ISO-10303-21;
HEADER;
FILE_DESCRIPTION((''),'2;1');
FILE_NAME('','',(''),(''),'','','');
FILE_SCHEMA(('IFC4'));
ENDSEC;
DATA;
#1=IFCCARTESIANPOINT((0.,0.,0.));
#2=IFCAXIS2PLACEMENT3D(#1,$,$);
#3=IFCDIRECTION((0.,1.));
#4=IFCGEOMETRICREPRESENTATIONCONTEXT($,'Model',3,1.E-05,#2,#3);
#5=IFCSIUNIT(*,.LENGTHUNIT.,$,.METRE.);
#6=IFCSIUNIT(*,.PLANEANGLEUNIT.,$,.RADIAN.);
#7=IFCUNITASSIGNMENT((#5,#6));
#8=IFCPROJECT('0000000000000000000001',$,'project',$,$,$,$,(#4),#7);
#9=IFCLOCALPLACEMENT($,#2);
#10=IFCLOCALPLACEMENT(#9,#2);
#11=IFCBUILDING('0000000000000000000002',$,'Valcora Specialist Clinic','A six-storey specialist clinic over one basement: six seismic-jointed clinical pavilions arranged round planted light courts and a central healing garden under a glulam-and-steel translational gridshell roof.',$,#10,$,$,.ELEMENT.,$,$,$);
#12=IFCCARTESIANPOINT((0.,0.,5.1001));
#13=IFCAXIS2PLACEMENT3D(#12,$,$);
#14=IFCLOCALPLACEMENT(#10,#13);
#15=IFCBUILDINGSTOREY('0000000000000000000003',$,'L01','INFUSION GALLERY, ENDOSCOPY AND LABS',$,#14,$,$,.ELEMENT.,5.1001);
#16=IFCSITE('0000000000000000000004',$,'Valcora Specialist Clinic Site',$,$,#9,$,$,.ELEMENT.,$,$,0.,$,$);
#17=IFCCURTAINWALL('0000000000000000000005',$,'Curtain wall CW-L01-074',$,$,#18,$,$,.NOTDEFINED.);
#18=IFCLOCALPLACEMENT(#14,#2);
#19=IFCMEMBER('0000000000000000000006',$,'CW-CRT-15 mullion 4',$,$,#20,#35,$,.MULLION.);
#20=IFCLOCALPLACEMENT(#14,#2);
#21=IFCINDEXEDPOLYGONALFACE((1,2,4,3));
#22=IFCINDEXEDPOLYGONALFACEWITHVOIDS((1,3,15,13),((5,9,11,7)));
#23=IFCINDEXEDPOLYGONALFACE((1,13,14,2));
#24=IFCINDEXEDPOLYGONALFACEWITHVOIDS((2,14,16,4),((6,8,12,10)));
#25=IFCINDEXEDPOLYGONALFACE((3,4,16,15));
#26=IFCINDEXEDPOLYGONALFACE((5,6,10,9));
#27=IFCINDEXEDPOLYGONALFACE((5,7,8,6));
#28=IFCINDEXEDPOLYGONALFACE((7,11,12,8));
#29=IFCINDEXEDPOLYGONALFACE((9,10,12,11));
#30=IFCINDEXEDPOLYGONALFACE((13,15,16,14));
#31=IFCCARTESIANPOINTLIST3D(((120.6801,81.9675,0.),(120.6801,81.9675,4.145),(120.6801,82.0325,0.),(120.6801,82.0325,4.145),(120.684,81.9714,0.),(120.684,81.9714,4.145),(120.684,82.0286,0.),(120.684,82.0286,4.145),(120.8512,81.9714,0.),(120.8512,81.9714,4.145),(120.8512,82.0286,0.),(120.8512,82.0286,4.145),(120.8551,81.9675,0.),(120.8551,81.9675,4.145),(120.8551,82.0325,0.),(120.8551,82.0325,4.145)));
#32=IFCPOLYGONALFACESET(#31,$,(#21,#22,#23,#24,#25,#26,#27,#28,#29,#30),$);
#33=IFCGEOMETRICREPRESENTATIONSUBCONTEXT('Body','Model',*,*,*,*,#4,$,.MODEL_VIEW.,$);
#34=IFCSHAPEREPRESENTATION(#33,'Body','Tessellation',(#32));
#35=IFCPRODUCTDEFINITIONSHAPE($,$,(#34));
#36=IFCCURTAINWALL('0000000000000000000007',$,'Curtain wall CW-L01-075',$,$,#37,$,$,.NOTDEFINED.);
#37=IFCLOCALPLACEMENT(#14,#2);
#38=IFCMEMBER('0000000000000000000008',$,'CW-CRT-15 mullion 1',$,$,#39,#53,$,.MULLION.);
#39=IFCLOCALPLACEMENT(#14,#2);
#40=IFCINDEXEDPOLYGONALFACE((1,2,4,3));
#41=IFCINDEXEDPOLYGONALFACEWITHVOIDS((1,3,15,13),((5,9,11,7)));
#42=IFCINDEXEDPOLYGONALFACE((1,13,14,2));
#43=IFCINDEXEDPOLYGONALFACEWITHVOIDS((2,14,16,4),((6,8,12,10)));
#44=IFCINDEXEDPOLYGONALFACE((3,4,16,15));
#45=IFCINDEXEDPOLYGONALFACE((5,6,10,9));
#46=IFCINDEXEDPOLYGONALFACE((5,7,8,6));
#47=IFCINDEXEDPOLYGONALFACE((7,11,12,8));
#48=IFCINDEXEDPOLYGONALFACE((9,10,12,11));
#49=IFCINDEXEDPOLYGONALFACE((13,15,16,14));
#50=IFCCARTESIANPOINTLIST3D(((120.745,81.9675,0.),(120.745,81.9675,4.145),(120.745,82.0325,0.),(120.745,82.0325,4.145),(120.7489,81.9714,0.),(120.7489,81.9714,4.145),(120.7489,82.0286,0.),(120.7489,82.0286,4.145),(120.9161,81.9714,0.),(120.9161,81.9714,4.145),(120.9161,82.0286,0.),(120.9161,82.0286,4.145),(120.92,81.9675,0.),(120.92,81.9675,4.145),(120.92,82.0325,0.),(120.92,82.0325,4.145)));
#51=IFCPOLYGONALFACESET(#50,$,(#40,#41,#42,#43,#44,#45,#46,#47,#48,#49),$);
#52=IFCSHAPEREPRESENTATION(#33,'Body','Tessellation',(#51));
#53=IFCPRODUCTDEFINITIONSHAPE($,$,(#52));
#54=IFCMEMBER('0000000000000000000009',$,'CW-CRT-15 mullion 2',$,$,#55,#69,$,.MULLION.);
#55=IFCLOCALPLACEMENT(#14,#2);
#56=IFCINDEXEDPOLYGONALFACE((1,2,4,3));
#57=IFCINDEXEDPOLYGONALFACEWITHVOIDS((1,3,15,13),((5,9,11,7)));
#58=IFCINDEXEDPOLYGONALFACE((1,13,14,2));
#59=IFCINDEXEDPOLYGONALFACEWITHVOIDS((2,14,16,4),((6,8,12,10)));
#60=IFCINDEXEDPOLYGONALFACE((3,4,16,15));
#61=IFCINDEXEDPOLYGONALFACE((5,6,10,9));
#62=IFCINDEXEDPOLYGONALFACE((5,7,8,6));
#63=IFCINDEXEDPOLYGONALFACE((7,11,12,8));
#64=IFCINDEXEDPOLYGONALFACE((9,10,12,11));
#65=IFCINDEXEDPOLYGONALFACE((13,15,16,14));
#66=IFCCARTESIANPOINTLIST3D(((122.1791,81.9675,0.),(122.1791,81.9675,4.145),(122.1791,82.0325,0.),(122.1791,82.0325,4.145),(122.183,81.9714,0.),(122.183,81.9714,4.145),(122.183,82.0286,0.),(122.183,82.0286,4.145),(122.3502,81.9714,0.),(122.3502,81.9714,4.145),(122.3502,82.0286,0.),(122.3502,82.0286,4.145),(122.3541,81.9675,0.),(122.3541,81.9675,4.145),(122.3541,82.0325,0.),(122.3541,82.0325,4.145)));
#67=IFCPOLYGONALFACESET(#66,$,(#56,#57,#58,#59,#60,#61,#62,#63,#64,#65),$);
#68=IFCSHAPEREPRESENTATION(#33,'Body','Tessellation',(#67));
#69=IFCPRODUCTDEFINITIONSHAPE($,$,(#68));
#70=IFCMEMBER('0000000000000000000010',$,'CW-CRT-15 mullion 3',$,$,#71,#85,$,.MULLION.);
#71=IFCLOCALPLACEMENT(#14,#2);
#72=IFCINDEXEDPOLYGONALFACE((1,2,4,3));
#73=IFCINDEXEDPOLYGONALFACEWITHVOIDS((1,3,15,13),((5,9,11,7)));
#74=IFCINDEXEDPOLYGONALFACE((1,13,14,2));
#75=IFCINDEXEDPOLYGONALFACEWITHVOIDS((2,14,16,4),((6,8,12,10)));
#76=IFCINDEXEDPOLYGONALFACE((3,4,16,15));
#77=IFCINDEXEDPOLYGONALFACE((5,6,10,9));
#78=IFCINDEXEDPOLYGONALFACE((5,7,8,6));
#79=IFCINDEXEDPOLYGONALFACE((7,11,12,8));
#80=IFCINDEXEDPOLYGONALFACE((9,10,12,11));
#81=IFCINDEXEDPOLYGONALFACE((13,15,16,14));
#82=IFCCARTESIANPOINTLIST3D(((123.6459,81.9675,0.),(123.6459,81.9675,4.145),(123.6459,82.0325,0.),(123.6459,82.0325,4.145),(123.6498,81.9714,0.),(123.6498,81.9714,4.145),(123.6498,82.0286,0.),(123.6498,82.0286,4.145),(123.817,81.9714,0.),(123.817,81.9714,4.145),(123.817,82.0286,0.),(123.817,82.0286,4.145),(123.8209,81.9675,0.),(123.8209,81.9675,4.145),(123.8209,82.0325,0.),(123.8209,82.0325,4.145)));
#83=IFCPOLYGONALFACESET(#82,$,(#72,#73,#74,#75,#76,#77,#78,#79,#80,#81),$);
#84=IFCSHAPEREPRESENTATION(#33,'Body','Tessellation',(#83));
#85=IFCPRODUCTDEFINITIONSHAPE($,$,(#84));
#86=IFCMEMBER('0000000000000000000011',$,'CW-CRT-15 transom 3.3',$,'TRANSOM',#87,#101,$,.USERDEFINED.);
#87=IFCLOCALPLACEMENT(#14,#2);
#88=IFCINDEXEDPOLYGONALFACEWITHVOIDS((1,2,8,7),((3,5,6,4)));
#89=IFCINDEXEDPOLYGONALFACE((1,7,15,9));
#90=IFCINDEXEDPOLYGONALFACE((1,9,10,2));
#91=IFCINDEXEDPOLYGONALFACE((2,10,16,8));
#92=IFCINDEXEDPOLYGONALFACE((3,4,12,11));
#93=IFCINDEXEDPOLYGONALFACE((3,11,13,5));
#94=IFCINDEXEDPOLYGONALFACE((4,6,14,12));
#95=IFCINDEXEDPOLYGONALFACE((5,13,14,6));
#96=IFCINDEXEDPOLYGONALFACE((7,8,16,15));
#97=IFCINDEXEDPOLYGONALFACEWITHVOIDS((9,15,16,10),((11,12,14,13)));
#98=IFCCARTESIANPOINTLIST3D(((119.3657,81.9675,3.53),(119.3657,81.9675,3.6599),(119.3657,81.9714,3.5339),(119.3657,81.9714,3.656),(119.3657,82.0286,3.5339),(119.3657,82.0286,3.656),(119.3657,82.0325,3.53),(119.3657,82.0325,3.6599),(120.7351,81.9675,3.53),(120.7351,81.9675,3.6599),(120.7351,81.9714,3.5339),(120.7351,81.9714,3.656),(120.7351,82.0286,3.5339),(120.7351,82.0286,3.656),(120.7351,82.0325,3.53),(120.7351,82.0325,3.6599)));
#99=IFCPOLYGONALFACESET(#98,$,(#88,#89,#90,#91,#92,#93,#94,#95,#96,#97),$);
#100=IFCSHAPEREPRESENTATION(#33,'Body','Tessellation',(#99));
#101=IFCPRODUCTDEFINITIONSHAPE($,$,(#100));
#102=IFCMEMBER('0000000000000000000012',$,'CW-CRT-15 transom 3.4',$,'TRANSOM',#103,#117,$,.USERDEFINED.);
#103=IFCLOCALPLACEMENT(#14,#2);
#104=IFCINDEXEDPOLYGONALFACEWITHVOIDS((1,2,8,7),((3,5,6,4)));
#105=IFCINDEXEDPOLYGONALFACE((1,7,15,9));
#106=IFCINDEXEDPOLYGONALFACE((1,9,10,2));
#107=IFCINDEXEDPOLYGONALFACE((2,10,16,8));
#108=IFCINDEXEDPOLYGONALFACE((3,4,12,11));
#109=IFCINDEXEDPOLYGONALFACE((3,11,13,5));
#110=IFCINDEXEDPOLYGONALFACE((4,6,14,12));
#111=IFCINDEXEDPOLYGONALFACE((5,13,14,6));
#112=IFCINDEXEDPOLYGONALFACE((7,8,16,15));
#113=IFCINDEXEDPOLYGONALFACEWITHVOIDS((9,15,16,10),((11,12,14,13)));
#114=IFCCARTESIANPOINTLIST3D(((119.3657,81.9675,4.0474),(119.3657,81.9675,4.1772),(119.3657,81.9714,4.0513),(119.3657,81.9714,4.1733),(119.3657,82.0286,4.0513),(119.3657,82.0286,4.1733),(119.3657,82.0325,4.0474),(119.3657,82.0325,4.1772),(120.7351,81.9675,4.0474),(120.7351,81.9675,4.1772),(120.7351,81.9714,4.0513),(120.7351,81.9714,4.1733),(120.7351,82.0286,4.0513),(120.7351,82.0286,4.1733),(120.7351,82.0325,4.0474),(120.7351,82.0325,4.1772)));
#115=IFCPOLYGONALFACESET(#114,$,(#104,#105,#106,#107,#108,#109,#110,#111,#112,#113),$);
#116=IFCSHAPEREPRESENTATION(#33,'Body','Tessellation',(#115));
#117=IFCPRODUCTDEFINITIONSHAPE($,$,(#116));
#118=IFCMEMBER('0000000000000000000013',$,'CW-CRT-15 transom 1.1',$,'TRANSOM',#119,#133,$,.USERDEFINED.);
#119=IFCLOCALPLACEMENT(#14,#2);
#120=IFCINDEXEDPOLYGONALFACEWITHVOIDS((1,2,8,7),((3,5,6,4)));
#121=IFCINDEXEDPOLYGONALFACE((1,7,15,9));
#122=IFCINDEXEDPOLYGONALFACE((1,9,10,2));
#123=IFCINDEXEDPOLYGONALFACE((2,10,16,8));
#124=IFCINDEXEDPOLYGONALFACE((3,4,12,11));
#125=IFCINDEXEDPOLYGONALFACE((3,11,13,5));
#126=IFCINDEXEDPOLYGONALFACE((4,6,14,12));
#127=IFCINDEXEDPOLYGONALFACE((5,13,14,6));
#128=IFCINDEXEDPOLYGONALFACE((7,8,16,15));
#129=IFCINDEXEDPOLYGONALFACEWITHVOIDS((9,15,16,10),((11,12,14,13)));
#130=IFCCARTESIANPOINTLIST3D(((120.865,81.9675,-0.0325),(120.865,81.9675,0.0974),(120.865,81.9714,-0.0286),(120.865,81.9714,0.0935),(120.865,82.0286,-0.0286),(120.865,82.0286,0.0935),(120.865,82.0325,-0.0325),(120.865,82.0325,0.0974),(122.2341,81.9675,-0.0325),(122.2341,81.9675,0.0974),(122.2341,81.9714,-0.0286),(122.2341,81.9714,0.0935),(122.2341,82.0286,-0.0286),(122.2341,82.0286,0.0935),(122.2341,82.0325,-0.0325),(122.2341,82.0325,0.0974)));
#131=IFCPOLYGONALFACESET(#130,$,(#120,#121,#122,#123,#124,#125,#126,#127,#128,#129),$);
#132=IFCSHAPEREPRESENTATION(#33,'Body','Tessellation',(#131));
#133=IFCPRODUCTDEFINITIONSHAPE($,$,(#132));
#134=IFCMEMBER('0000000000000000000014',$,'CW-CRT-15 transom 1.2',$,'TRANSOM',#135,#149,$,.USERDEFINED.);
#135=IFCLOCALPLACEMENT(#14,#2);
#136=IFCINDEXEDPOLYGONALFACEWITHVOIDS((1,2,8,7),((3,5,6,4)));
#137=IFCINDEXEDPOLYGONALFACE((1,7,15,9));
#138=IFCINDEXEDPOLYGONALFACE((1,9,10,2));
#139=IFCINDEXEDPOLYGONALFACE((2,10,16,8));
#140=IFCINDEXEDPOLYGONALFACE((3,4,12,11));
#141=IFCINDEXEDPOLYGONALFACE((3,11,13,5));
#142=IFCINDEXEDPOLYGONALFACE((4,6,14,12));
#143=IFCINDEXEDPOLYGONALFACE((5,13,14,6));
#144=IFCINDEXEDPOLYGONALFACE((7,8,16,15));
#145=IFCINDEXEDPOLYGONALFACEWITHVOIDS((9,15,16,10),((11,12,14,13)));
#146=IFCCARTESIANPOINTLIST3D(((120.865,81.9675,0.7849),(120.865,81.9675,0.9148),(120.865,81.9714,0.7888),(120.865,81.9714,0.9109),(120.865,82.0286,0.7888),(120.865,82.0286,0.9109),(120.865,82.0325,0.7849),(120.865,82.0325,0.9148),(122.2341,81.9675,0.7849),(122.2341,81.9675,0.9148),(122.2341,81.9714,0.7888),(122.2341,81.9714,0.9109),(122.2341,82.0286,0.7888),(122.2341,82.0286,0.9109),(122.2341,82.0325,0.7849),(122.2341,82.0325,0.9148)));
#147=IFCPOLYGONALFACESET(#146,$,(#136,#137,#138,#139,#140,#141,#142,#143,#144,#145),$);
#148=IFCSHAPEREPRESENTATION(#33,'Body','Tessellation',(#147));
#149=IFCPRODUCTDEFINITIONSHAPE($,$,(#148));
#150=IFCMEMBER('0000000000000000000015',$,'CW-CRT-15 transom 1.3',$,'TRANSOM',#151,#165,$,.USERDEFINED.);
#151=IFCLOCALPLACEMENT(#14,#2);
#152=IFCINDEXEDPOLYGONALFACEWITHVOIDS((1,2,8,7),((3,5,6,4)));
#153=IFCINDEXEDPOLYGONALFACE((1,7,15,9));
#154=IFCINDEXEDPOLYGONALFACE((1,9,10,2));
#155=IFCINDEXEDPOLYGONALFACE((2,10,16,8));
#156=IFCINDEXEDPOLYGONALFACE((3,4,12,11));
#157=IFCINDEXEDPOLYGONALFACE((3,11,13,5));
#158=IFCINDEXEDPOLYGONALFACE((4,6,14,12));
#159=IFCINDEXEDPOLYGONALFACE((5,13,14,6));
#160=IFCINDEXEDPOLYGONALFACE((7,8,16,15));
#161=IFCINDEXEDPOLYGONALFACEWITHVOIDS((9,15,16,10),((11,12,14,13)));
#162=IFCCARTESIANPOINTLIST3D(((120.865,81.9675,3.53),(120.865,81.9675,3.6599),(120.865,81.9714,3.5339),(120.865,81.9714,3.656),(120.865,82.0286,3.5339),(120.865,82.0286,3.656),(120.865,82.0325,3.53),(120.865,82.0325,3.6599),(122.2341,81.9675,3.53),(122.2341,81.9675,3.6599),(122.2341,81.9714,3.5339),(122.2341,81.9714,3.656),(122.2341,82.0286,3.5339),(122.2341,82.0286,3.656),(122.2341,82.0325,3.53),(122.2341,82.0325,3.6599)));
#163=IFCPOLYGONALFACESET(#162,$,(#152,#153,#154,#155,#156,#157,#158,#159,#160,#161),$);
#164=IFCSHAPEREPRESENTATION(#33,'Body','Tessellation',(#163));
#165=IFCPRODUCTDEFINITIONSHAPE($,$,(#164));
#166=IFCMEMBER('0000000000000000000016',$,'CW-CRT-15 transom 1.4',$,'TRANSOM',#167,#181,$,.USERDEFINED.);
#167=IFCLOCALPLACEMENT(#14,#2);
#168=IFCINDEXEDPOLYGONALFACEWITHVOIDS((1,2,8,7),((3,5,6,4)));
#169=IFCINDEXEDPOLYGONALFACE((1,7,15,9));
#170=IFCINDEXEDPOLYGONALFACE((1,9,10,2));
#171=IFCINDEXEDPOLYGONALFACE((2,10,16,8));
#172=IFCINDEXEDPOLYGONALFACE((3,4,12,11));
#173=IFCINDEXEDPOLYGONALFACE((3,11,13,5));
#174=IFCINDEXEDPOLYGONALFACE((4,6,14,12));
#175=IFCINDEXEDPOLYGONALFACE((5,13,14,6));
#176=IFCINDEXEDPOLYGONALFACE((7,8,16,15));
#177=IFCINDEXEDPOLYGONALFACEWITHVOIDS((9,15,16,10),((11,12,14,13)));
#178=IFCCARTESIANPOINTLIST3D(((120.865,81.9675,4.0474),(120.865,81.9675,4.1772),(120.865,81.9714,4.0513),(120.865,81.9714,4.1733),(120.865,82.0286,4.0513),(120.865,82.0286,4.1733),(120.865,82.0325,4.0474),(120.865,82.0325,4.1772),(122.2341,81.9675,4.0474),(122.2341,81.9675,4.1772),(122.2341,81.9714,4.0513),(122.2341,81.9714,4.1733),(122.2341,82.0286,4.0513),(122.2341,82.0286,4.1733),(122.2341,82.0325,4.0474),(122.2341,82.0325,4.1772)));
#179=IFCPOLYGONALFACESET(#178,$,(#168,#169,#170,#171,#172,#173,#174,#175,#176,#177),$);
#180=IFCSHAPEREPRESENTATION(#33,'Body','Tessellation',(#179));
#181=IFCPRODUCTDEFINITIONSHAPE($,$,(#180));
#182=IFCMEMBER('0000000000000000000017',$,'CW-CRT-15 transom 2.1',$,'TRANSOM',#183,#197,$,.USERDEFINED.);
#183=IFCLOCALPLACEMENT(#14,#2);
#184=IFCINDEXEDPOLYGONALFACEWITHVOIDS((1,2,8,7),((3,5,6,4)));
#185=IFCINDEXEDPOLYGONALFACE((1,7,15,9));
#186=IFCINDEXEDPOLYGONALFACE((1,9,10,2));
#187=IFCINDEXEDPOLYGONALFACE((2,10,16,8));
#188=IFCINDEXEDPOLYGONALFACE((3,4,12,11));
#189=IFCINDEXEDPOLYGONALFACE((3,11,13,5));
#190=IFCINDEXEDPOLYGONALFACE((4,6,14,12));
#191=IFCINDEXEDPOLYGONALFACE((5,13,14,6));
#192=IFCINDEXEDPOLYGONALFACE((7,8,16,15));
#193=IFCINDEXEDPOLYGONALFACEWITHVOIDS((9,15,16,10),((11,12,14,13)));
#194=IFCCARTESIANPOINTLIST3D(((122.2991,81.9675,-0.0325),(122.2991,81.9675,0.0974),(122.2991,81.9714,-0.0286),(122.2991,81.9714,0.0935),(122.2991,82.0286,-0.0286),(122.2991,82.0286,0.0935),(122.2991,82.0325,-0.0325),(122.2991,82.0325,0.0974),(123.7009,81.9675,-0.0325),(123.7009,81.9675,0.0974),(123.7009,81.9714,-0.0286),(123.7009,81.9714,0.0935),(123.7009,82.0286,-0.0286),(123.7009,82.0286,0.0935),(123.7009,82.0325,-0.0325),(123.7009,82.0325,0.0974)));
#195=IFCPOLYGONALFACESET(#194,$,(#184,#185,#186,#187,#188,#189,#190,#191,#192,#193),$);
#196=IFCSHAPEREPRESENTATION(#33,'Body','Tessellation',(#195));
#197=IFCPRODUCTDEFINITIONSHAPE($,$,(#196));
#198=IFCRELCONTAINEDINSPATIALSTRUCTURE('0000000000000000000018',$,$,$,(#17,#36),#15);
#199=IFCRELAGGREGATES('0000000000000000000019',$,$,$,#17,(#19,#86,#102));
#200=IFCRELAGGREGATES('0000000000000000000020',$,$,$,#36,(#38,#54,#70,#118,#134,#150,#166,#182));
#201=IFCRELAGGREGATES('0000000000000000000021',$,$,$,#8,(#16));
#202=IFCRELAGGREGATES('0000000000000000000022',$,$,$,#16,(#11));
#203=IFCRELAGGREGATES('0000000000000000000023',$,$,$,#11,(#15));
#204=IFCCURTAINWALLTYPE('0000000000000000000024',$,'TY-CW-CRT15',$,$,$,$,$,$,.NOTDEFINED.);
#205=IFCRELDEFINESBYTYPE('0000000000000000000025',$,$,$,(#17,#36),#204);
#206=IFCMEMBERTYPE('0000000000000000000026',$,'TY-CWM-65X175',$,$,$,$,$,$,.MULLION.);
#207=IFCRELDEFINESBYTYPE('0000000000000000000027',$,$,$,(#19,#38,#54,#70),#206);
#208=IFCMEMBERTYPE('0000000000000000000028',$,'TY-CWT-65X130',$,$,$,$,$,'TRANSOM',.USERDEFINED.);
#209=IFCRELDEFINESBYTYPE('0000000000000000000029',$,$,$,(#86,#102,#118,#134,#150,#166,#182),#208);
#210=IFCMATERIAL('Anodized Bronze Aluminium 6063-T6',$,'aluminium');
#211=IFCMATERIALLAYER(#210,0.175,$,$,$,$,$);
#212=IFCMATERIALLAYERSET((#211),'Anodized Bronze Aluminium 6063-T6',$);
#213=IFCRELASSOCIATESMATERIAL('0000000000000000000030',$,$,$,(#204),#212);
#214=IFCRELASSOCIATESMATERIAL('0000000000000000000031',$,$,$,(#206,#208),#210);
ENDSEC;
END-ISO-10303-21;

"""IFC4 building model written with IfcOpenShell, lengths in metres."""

from ifc_helpers import new_model, si_unit, direction, frame, origin, origin_2d, place, context, subcontext, project, spatial, hollow_rectangle, extrude, material, layer, layer_set, material_profile, profile_set, type_object, element, aggregate, save


model = new_model("IFC4")

# Units and contexts
model_context = context("Model", 3, precision=1e-05, world=origin(), true_north=direction((0.0, 1.0)))
body_context = subcontext(model_context, "Body", "Model", "MODEL_VIEW")
ifc_project = project(units=[si_unit("LENGTHUNIT", "METRE"), si_unit("PLANEANGLEUNIT", "RADIAN")], contexts=[model_context])

# Site, building, storey
site_placement = place(None, origin())
site = spatial("IfcSite", under=ifc_project, at=site_placement, Name="Valcora Specialist Clinic Site", CompositionType="ELEMENT", RefElevation=0.0)
building_placement = place(site_placement, origin())
building = spatial("IfcBuilding", under=site, at=building_placement, Name="Valcora Specialist Clinic", Description="A six-storey specialist clinic over one basement: six seismic-jointed clinical pavilions arranged round planted light courts and a central healing garden under a glulam-and-steel translational gridshell roof.", CompositionType="ELEMENT")
storey_placement = place(building_placement, frame((0.0, 0.0, 5.1001)))
storey = spatial("IfcBuildingStorey", under=building, at=storey_placement, Name="L01", Description="INFUSION GALLERY, ENDOSCOPY AND LABS", CompositionType="ELEMENT", Elevation=5.1001)

# Curtain wall, member
ifc_material_1 = material(Name="Anodized Bronze Aluminium 6063-T6", Category="aluminium")
ifc_layer_1 = layer(ifc_material_1, 0.175)
ifc_layer_set_1 = layer_set([ifc_layer_1], Name="Anodized Bronze Aluminium 6063-T6")
curtain_wall_type = type_object("IfcCurtainWallType", Name="TY-CW-CRT15", PredefinedType="NOTDEFINED", material=ifc_layer_set_1)
curtain_wall_1_placement = place(storey_placement, origin())
curtain_wall_1 = element("IfcCurtainWall", 1, at=curtain_wall_1_placement, inside=storey, type_object=curtain_wall_type, Name="Curtain wall CW-L01-074", PredefinedType="NOTDEFINED")
ifc_material_profile_1 = material_profile(ifc_material_1, hollow_rectangle(XDim=0.0649, YDim=0.175, WallThickness=0.0039, at=origin_2d()), Name="AL-MUL-65X175")
ifc_profile_set_1 = profile_set([ifc_material_profile_1], Name="Anodized Bronze Aluminium 6063-T6")
member_type_1 = type_object("IfcMemberType", Name="TY-CWM-65X175", PredefinedType="MULLION", material=ifc_profile_set_1)
member_1_placement = place(storey_placement, frame((120.7676, 82.0, 0.0), z_axis=(0.0, 0.0, 1.0), x_axis=(0.0, 1.0, 0.0)))
member_1 = element("IfcMember", 2, at=member_1_placement, type_object=member_type_1, Name="CW-CRT-15 mullion 4", PredefinedType="MULLION", context=body_context, shape_type="SweptSolid", body=[
    extrude(hollow_rectangle(XDim=0.0649, YDim=0.175, WallThickness=0.0039, at=origin_2d()), origin(), (0.0, 0.0, 1.0), 4.145),
])

# Curtain wall, members
curtain_wall_2_placement = place(storey_placement, origin())
curtain_wall_2 = element("IfcCurtainWall", 3, at=curtain_wall_2_placement, inside=storey, type_object=curtain_wall_type, Name="Curtain wall CW-L01-075", PredefinedType="NOTDEFINED")
member_2_placement = place(storey_placement, frame((120.8325, 82.0, 0.0), z_axis=(0.0, 0.0, 1.0), x_axis=(0.0, 1.0, 0.0)))
member_2 = element("IfcMember", 4, at=member_2_placement, type_object=member_type_1, Name="CW-CRT-15 mullion 1", PredefinedType="MULLION", context=body_context, shape_type="SweptSolid", body=[
    extrude(hollow_rectangle(XDim=0.0649, YDim=0.175, WallThickness=0.0039, at=origin_2d()), origin(), (0.0, 0.0, 1.0), 4.145),
])
member_3_placement = place(storey_placement, frame((122.2666, 82.0, 0.0), z_axis=(0.0, 0.0, 1.0), x_axis=(0.0, 1.0, 0.0)))
member_3 = element("IfcMember", 5, at=member_3_placement, type_object=member_type_1, Name="CW-CRT-15 mullion 2", PredefinedType="MULLION", context=body_context, shape_type="SweptSolid", body=[
    extrude(hollow_rectangle(XDim=0.0649, YDim=0.175, WallThickness=0.0039, at=origin_2d()), origin(), (0.0, 0.0, 1.0), 4.145),
])
member_4_placement = place(storey_placement, frame((123.7334, 82.0, 0.0), z_axis=(0.0, 0.0, 1.0), x_axis=(0.0, 1.0, 0.0)))
member_4 = element("IfcMember", 6, at=member_4_placement, type_object=member_type_1, Name="CW-CRT-15 mullion 3", PredefinedType="MULLION", context=body_context, shape_type="SweptSolid", body=[
    extrude(hollow_rectangle(XDim=0.0649, YDim=0.175, WallThickness=0.0039, at=origin_2d()), origin(), (0.0, 0.0, 1.0), 4.145),
])

# Members
ifc_material_profile_2 = material_profile(ifc_material_1, hollow_rectangle(XDim=0.0649, YDim=0.1299, WallThickness=0.0039, at=origin_2d()), Name="AL-TRN-65X130")
ifc_profile_set_2 = profile_set([ifc_material_profile_2], Name="Anodized Bronze Aluminium 6063-T6")
member_type_2 = type_object("IfcMemberType", Name="TY-CWT-65X130", ElementType="TRANSOM", PredefinedType="USERDEFINED", material=ifc_profile_set_2)
member_5_placement = place(storey_placement, frame((119.3657, 82.0, 3.595), z_axis=(1.0, 0.0, 0.0), x_axis=(0.0, 1.0, 0.0)))
member_5 = element("IfcMember", 7, at=member_5_placement, type_object=member_type_2, Name="CW-CRT-15 transom 3.3", ObjectType="TRANSOM", PredefinedType="USERDEFINED", context=body_context, shape_type="SweptSolid", body=[
    extrude(hollow_rectangle(XDim=0.0649, YDim=0.1299, WallThickness=0.0039, at=origin_2d()), origin(), (0.0, 0.0, 1.0), 1.3694),
])
member_6_placement = place(storey_placement, frame((119.3657, 82.0, 4.1123), z_axis=(1.0, 0.0, 0.0), x_axis=(0.0, 1.0, 0.0)))
member_6 = element("IfcMember", 8, at=member_6_placement, type_object=member_type_2, Name="CW-CRT-15 transom 3.4", ObjectType="TRANSOM", PredefinedType="USERDEFINED", context=body_context, shape_type="SweptSolid", body=[
    extrude(hollow_rectangle(XDim=0.0649, YDim=0.1299, WallThickness=0.0039, at=origin_2d()), origin(), (0.0, 0.0, 1.0), 1.3694),
])
member_7_placement = place(storey_placement, frame((120.865, 82.0, 0.0325), z_axis=(1.0, 0.0, 0.0), x_axis=(0.0, 1.0, 0.0)))
member_7 = element("IfcMember", 9, at=member_7_placement, type_object=member_type_2, Name="CW-CRT-15 transom 1.1", ObjectType="TRANSOM", PredefinedType="USERDEFINED", context=body_context, shape_type="SweptSolid", body=[
    extrude(hollow_rectangle(XDim=0.0649, YDim=0.1299, WallThickness=0.0039, at=origin_2d()), origin(), (0.0, 0.0, 1.0), 1.3691),
])
member_8_placement = place(storey_placement, frame((120.865, 82.0, 0.8499), z_axis=(1.0, 0.0, 0.0), x_axis=(0.0, 1.0, 0.0)))
member_8 = element("IfcMember", 10, at=member_8_placement, type_object=member_type_2, Name="CW-CRT-15 transom 1.2", ObjectType="TRANSOM", PredefinedType="USERDEFINED", context=body_context, shape_type="SweptSolid", body=[
    extrude(hollow_rectangle(XDim=0.0649, YDim=0.1299, WallThickness=0.0039, at=origin_2d()), origin(), (0.0, 0.0, 1.0), 1.3691),
])
member_9_placement = place(storey_placement, frame((120.865, 82.0, 3.595), z_axis=(1.0, 0.0, 0.0), x_axis=(0.0, 1.0, 0.0)))
member_9 = element("IfcMember", 11, at=member_9_placement, type_object=member_type_2, Name="CW-CRT-15 transom 1.3", ObjectType="TRANSOM", PredefinedType="USERDEFINED", context=body_context, shape_type="SweptSolid", body=[
    extrude(hollow_rectangle(XDim=0.0649, YDim=0.1299, WallThickness=0.0039, at=origin_2d()), origin(), (0.0, 0.0, 1.0), 1.3691),
])
member_10_placement = place(storey_placement, frame((120.865, 82.0, 4.1123), z_axis=(1.0, 0.0, 0.0), x_axis=(0.0, 1.0, 0.0)))
member_10 = element("IfcMember", 12, at=member_10_placement, type_object=member_type_2, Name="CW-CRT-15 transom 1.4", ObjectType="TRANSOM", PredefinedType="USERDEFINED", context=body_context, shape_type="SweptSolid", body=[
    extrude(hollow_rectangle(XDim=0.0649, YDim=0.1299, WallThickness=0.0039, at=origin_2d()), origin(), (0.0, 0.0, 1.0), 1.3691),
])
member_11_placement = place(storey_placement, frame((122.2991, 82.0, 0.0325), z_axis=(1.0, 0.0, 0.0), x_axis=(0.0, 1.0, 0.0)))
member_11 = element("IfcMember", 13, at=member_11_placement, type_object=member_type_2, Name="CW-CRT-15 transom 2.1", ObjectType="TRANSOM", PredefinedType="USERDEFINED", context=body_context, shape_type="SweptSolid", body=[
    extrude(hollow_rectangle(XDim=0.0649, YDim=0.1299, WallThickness=0.0039, at=origin_2d()), origin(), (0.0, 0.0, 1.0), 1.4019),
])

aggregate(curtain_wall_1, [member_1, member_5, member_6])
aggregate(curtain_wall_2, [member_2, member_3, member_4, member_7, member_8, member_9, member_10, member_11])

save(model, "model.ifc")
